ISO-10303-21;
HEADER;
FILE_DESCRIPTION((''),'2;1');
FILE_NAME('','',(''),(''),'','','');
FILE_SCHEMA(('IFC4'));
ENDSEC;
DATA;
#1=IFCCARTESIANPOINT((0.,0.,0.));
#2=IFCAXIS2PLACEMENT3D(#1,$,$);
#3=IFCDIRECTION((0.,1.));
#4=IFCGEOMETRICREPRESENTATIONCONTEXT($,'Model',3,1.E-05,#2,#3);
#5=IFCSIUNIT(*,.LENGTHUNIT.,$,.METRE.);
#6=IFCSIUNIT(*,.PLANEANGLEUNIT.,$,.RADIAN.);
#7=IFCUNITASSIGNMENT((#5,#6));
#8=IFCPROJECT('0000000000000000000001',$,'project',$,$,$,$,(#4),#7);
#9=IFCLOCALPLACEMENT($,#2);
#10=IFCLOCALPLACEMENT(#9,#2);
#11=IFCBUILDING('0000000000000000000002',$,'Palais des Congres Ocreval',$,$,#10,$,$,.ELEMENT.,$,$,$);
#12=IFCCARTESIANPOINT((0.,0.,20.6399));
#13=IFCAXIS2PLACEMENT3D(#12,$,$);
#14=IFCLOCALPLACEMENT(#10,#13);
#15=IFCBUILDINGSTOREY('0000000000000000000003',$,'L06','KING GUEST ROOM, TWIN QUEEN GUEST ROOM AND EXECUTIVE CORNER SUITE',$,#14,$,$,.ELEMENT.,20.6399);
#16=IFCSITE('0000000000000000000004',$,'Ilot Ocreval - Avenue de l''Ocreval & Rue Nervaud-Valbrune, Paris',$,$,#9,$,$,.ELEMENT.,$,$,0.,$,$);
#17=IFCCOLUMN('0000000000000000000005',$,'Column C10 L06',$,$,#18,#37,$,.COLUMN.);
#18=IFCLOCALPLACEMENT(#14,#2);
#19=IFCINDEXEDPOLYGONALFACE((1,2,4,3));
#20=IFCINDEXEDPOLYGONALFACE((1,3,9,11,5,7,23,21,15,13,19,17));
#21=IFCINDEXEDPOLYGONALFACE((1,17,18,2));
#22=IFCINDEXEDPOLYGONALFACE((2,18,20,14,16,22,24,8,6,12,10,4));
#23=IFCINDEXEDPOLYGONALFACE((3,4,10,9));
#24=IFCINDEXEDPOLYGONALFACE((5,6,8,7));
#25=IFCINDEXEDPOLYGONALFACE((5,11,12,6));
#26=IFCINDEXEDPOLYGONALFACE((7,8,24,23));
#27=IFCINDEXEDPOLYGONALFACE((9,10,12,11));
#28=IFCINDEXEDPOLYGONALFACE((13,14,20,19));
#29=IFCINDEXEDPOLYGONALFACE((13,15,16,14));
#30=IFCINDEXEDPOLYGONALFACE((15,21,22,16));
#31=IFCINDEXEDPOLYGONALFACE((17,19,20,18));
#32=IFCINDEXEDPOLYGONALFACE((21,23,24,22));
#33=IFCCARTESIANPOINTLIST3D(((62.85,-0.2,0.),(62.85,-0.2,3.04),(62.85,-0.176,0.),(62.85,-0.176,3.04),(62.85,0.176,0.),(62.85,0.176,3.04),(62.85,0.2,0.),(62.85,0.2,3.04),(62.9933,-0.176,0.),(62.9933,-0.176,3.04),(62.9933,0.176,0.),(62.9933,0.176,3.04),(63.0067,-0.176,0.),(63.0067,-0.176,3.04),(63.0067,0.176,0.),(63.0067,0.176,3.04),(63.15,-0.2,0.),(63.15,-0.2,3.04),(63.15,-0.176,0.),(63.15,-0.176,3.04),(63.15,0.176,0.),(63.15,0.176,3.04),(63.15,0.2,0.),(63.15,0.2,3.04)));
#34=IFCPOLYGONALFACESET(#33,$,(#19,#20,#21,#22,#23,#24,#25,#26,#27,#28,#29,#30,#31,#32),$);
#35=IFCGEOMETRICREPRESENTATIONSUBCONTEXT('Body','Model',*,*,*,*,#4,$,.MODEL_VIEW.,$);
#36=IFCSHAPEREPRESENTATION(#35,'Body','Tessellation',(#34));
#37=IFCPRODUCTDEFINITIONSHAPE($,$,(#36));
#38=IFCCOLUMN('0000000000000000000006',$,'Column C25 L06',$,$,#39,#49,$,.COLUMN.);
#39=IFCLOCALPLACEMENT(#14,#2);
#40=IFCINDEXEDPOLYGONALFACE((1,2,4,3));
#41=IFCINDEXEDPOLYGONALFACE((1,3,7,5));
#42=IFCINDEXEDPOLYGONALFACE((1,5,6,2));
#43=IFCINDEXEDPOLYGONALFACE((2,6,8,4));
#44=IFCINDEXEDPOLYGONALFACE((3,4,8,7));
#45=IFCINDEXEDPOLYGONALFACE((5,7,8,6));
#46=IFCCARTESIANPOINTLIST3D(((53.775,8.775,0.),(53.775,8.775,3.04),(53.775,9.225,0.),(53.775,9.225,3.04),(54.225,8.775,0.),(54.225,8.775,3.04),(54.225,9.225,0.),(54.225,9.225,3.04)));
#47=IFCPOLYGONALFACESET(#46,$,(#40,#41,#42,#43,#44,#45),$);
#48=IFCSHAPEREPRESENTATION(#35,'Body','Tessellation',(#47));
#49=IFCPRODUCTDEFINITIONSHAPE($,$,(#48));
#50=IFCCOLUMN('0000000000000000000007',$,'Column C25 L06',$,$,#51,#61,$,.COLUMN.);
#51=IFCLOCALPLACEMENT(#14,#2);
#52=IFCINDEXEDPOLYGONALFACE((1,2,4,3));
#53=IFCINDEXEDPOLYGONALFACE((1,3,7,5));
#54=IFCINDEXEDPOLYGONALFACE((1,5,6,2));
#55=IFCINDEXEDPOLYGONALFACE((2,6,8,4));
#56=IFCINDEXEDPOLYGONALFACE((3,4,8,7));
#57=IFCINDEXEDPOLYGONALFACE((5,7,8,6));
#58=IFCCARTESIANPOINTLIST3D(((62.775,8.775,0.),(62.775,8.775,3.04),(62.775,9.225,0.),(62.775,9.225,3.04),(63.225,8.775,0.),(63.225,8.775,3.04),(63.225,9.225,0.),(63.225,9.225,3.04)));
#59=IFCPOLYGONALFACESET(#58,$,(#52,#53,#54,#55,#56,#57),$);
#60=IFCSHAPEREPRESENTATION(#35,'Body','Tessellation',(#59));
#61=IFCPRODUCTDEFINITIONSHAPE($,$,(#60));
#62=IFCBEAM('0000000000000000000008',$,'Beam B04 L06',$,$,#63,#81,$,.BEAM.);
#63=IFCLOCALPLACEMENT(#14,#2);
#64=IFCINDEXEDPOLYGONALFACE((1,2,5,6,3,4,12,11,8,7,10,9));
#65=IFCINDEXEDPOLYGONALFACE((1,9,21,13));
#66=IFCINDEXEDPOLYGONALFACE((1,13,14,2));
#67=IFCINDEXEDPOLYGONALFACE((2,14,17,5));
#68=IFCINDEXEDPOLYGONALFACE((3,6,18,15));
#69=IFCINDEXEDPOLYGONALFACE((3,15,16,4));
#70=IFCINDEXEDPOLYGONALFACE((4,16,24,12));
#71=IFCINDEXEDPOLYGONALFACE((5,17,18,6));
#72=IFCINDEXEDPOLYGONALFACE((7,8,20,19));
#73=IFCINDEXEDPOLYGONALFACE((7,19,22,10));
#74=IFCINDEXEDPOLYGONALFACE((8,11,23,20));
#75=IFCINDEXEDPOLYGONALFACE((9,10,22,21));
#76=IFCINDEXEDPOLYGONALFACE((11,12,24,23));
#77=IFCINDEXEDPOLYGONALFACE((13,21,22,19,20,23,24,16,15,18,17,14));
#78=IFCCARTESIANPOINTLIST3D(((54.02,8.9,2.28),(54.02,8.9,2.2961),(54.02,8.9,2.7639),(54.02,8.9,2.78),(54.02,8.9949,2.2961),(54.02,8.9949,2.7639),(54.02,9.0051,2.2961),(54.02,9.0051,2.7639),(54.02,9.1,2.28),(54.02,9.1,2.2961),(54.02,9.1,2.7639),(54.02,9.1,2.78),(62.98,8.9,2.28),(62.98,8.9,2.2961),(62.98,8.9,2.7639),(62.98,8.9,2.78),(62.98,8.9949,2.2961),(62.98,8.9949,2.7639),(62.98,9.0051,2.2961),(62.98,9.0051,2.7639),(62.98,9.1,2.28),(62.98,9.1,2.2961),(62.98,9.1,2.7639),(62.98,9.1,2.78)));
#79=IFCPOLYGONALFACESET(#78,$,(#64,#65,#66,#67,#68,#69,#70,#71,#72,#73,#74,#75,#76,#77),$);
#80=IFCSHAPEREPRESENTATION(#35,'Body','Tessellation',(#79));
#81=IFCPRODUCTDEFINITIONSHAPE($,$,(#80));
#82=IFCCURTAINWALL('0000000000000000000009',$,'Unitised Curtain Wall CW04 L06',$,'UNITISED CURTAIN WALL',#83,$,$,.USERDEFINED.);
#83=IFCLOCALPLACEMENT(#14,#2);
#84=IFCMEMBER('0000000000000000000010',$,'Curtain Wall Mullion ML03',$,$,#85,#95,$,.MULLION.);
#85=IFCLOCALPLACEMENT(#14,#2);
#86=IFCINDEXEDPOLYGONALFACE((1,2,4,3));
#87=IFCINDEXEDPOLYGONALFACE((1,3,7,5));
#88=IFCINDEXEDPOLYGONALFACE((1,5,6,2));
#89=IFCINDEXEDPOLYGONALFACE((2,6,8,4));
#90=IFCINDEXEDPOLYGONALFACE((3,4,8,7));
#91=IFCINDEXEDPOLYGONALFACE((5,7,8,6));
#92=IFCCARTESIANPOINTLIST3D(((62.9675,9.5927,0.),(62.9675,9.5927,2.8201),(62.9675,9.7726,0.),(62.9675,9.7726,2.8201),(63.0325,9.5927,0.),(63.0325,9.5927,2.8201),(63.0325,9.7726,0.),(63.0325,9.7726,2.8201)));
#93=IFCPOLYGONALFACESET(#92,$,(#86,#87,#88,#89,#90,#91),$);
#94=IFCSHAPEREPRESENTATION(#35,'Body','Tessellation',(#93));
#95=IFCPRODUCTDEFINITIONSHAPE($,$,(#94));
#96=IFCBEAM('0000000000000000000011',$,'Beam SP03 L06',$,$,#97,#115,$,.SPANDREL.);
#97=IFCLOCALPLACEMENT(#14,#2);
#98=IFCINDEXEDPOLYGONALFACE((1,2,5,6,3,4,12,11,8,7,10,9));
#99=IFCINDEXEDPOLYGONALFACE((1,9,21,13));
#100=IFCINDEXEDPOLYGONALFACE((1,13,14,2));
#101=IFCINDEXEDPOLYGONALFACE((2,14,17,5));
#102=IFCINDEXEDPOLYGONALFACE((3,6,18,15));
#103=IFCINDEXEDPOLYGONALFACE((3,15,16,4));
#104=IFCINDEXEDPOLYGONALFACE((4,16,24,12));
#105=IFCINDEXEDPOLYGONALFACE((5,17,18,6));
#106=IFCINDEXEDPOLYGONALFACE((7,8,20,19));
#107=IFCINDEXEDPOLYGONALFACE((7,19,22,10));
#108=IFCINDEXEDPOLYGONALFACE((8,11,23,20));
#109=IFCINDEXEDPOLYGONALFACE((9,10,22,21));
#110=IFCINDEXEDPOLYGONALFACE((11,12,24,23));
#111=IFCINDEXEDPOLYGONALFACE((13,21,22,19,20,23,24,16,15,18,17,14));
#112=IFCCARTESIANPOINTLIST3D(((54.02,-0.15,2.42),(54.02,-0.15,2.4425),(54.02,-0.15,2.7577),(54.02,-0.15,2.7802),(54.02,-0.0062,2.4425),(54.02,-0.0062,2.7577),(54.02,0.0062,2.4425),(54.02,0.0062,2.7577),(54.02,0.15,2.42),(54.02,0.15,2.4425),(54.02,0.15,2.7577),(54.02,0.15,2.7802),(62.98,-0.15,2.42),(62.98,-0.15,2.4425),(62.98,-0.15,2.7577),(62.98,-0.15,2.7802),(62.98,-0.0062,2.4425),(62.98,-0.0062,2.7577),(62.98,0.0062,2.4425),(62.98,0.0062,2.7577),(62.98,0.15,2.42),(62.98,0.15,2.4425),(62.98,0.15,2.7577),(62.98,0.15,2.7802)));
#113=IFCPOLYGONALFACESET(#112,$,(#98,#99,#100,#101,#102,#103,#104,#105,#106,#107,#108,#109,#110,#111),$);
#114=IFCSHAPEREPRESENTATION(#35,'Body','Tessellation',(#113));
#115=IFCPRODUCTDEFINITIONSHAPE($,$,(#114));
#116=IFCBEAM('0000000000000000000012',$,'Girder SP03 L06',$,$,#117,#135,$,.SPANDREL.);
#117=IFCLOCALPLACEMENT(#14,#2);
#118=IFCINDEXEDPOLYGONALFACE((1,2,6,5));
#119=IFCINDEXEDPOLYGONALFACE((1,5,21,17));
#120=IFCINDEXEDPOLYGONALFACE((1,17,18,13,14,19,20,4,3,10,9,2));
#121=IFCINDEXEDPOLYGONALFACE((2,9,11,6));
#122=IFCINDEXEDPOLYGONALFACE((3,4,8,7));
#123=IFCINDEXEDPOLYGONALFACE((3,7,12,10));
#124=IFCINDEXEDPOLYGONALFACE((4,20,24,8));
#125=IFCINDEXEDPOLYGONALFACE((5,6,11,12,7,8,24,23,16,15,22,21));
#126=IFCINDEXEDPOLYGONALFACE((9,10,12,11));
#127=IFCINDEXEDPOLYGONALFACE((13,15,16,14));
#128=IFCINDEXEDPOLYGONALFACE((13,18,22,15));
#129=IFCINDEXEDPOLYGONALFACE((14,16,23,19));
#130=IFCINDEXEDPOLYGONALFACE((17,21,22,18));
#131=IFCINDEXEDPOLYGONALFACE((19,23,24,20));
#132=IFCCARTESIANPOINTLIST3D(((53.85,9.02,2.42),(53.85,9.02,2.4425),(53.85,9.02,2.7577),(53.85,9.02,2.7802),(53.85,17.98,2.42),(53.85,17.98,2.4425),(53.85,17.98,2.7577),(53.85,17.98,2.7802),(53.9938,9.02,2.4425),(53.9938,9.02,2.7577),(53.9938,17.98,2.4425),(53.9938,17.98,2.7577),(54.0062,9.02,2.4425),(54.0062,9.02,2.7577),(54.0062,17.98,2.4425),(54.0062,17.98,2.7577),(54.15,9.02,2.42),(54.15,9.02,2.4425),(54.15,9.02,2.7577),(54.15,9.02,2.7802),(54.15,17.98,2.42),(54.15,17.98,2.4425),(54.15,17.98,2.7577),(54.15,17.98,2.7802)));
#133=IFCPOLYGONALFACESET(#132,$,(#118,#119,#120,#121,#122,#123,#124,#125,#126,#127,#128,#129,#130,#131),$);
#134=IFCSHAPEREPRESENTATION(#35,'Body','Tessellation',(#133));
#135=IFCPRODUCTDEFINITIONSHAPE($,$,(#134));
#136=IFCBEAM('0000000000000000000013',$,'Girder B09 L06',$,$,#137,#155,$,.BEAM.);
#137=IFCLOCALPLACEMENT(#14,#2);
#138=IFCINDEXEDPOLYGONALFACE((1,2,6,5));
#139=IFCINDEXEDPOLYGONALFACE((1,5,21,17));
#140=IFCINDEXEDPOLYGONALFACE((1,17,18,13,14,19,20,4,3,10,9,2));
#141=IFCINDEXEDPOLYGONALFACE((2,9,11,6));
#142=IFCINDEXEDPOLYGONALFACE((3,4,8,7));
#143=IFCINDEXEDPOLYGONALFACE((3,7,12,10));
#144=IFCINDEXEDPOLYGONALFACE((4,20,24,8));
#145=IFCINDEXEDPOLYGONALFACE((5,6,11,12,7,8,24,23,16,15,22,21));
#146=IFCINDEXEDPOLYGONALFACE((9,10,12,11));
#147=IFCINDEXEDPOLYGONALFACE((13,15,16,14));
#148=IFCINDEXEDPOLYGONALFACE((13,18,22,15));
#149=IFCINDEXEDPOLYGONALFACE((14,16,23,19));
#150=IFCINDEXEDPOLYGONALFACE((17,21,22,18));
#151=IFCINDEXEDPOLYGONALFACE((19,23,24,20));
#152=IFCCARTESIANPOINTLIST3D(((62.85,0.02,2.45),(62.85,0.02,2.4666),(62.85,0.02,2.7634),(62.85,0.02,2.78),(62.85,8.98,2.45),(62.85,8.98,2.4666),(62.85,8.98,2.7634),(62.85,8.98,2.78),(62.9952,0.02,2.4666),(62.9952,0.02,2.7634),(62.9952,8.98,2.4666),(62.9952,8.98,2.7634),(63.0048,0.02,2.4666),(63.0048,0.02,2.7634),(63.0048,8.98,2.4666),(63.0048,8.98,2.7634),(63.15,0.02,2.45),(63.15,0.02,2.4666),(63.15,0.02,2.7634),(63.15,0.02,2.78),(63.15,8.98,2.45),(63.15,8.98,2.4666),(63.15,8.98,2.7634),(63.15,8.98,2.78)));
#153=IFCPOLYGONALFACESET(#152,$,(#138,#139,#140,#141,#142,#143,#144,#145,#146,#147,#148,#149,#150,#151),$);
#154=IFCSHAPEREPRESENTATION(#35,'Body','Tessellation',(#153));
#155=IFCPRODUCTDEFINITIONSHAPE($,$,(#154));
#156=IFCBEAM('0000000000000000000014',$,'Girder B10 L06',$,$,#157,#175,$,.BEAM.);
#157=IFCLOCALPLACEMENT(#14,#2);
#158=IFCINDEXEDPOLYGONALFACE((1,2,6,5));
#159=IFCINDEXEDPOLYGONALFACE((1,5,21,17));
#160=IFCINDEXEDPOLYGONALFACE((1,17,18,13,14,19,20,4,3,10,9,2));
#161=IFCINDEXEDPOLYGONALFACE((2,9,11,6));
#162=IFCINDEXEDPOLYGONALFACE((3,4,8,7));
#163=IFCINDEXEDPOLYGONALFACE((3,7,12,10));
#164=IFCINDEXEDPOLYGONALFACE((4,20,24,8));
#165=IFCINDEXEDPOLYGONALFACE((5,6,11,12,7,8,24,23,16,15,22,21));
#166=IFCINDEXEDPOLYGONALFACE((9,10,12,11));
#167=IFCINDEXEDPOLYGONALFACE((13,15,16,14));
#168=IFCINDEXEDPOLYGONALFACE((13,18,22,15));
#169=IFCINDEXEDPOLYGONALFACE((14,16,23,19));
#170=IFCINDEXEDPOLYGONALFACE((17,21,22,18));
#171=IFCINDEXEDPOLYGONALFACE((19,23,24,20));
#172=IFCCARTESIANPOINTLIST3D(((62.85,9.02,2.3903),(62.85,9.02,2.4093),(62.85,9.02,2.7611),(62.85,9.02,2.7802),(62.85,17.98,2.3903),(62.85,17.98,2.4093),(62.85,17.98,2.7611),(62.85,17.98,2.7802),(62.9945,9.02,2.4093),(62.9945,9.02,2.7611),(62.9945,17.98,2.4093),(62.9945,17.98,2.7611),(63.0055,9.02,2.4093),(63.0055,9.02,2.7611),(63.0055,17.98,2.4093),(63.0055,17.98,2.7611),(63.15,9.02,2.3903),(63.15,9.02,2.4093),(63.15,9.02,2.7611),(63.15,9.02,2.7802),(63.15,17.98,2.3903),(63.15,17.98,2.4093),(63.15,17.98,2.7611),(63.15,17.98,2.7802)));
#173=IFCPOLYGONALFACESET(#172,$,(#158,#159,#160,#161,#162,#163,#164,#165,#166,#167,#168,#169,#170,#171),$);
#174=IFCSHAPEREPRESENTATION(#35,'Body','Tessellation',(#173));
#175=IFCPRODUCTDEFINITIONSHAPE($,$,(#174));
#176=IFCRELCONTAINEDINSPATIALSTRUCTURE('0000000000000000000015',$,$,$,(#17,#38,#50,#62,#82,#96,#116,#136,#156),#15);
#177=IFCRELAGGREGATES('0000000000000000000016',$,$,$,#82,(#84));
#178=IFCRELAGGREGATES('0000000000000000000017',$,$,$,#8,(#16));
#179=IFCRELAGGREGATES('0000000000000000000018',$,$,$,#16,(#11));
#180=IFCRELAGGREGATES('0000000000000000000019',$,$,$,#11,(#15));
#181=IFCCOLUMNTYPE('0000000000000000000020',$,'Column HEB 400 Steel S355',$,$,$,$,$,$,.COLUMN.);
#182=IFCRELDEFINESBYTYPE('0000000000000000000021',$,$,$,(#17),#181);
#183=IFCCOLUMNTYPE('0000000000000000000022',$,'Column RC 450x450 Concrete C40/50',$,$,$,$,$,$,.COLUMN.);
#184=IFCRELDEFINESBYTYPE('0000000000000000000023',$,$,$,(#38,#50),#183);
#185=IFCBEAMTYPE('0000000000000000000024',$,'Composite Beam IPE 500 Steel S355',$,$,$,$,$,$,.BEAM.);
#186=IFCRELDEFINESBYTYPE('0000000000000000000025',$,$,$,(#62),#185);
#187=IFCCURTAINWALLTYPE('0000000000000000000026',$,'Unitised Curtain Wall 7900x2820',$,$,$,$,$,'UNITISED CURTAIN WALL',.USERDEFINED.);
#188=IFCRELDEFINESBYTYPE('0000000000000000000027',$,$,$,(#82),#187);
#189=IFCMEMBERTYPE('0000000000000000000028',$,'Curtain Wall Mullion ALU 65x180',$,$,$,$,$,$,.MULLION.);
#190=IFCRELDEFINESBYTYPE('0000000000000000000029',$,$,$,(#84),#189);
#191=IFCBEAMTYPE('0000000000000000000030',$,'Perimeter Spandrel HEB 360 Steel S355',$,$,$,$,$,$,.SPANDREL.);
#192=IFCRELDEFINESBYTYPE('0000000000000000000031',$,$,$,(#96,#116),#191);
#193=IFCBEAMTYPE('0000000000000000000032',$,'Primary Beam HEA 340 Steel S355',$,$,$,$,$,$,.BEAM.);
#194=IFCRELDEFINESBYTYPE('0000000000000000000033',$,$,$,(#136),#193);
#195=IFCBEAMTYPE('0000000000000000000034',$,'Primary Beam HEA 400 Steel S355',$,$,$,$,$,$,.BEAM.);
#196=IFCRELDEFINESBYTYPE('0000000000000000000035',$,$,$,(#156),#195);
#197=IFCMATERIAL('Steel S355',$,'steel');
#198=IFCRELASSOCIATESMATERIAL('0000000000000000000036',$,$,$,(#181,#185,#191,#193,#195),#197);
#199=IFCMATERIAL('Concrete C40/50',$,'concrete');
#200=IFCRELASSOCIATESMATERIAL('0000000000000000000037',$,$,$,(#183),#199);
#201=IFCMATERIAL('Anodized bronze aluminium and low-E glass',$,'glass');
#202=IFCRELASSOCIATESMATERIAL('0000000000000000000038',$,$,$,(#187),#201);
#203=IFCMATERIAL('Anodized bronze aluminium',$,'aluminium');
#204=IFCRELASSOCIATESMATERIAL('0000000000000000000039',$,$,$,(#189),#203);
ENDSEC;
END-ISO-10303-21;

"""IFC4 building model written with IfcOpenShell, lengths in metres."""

from ifc_helpers import new_model, si_unit, direction, frame, origin, origin_2d, place, context, subcontext, project, spatial, rectangle, i_section, extrude, material, material_profile, profile_set, type_object, element, aggregate, save


model = new_model("IFC4")

# Units and contexts
model_context = context("Model", 3, precision=1e-05, world=origin(), true_north=direction((0.0, 1.0)))
body_context = subcontext(model_context, "Body", "Model", "MODEL_VIEW")
ifc_project = project(units=[si_unit("LENGTHUNIT", "METRE"), si_unit("PLANEANGLEUNIT", "RADIAN")], contexts=[model_context])

# Site, building, storey
site_placement = place(None, origin())
site = spatial("IfcSite", under=ifc_project, at=site_placement, Name="Ilot Ocreval - Avenue de l'Ocreval & Rue Nervaud-Valbrune, Paris", CompositionType="ELEMENT", RefElevation=0.0)
building_placement = place(site_placement, origin())
building = spatial("IfcBuilding", under=site, at=building_placement, Name="Palais des Congres Ocreval", CompositionType="ELEMENT")
storey_placement = place(building_placement, frame((0.0, 0.0, 20.6399)))
storey = spatial("IfcBuildingStorey", under=building, at=storey_placement, Name="L06", Description="KING GUEST ROOM, TWIN QUEEN GUEST ROOM AND EXECUTIVE CORNER SUITE", CompositionType="ELEMENT", Elevation=20.6399)

# Columns
ifc_material_1 = material(Name="Steel S355", Category="steel")
ifc_material_profile_1 = material_profile(ifc_material_1, i_section(OverallWidth=0.3, OverallDepth=0.3999, WebThickness=0.0134, FlangeThickness=0.0239, at=origin_2d()), Name="HEB 400")
ifc_profile_set_1 = profile_set([ifc_material_profile_1], Name="Steel S355")
column_type_1 = type_object("IfcColumnType", Name="Column HEB 400 Steel S355", PredefinedType="COLUMN", material=ifc_profile_set_1)
column_placement = place(storey_placement, frame((63.0, 0.0, 0.0), z_axis=(0.0, 0.0, 1.0), x_axis=(1.0, 0.0, 0.0)))
element("IfcColumn", 1, at=column_placement, inside=storey, type_object=column_type_1, Name="Column C10 L06", PredefinedType="COLUMN", context=body_context, shape_type="SweptSolid", body=[
    extrude(i_section(OverallWidth=0.3, OverallDepth=0.3999, WebThickness=0.0134, FlangeThickness=0.0239, at=origin_2d()), origin(), (0.0, 0.0, 1.0), 3.04),
])
ifc_material_2 = material(Name="Concrete C40/50", Category="concrete")
ifc_material_profile_2 = material_profile(ifc_material_2, rectangle(XDim=0.45, YDim=0.45, at=origin_2d()), Name="RC 450x450")
ifc_profile_set_2 = profile_set([ifc_material_profile_2], Name="Concrete C40/50")
column_type_2 = type_object("IfcColumnType", Name="Column RC 450x450 Concrete C40/50", PredefinedType="COLUMN", material=ifc_profile_set_2)
for number, where, z_axis, x_axis, name in (
    (2, (54.0, 9.0, 0.0), (0.0, 0.0, 1.0), (1.0, 0.0, 0.0), "Column C25 L06"),
    (3, (63.0, 9.0, 0.0), (0.0, 0.0, 1.0), (1.0, 0.0, 0.0), "Column C25 L06"),
):
    element("IfcColumn", number, at=place(storey_placement, frame(where, z_axis=z_axis, x_axis=x_axis)), inside=storey, type_object=column_type_2, Name=name, PredefinedType="COLUMN", context=body_context, shape_type="SweptSolid", body=[
        extrude(rectangle(XDim=0.45, YDim=0.45, at=origin_2d()), origin(), (0.0, 0.0, 1.0), 3.04),
    ])

# Beam
ifc_material_profile_3 = material_profile(ifc_material_1, i_section(OverallWidth=0.2, OverallDepth=0.5, WebThickness=0.0103, FlangeThickness=0.0161, at=origin_2d()), Name="IPE 500")
ifc_profile_set_3 = profile_set([ifc_material_profile_3], Name="Steel S355")
beam_type_1 = type_object("IfcBeamType", Name="Composite Beam IPE 500 Steel S355", PredefinedType="BEAM", material=ifc_profile_set_3)
beam_1_placement = place(storey_placement, frame((54.02, 9.0, 2.53), z_axis=(1.0, 0.0, 0.0), x_axis=(0.0, 1.0, 0.0)))
element("IfcBeam", 4, at=beam_1_placement, inside=storey, type_object=beam_type_1, Name="Beam B04 L06", PredefinedType="BEAM", context=body_context, shape_type="SweptSolid", body=[
    extrude(i_section(OverallWidth=0.2, OverallDepth=0.5, WebThickness=0.0103, FlangeThickness=0.0161, at=origin_2d()), origin(), (0.0, 0.0, 1.0), 8.96),
])

# Curtain wall, member
ifc_material_3 = material(Name="Anodized bronze aluminium and low-E glass", Category="glass")
curtain_wall_type = type_object("IfcCurtainWallType", Name="Unitised Curtain Wall 7900x2820", ElementType="UNITISED CURTAIN WALL", PredefinedType="USERDEFINED", material=ifc_material_3)
curtain_wall_placement = place(storey_placement, origin())
curtain_wall = element("IfcCurtainWall", 5, at=curtain_wall_placement, inside=storey, type_object=curtain_wall_type, Name="Unitised Curtain Wall CW04 L06", ObjectType="UNITISED CURTAIN WALL", PredefinedType="USERDEFINED")
ifc_material_4 = material(Name="Anodized bronze aluminium", Category="aluminium")
ifc_material_profile_4 = material_profile(ifc_material_4, rectangle(XDim=0.0649, YDim=0.1799, at=origin_2d()), Name="ALU 65x180")
ifc_profile_set_4 = profile_set([ifc_material_profile_4], Name="Anodized bronze aluminium")
member_type = type_object("IfcMemberType", Name="Curtain Wall Mullion ALU 65x180", PredefinedType="MULLION", material=ifc_profile_set_4)
member_placement = place(storey_placement, frame((63.0, 9.6826, 0.0), z_axis=(0.0, 0.0, 1.0), x_axis=(1.0, 0.0, 0.0)))
member = element("IfcMember", 6, at=member_placement, type_object=member_type, Name="Curtain Wall Mullion ML03", PredefinedType="MULLION", context=body_context, shape_type="SweptSolid", body=[
    extrude(rectangle(XDim=0.0649, YDim=0.1799, at=origin_2d()), origin(), (0.0, 0.0, 1.0), 2.8201),
])

# Beams
ifc_material_profile_5 = material_profile(ifc_material_1, i_section(OverallWidth=0.3, OverallDepth=0.3601, WebThickness=0.0125, FlangeThickness=0.0225, at=origin_2d()), Name="HEB 360")
ifc_profile_set_5 = profile_set([ifc_material_profile_5], Name="Steel S355")
beam_type_2 = type_object("IfcBeamType", Name="Perimeter Spandrel HEB 360 Steel S355", PredefinedType="SPANDREL", material=ifc_profile_set_5)
for number, where, z_axis, x_axis, name in (
    (7, (54.02, 0.0, 2.6001), (1.0, 0.0, 0.0), (0.0, 1.0, 0.0), "Beam SP03 L06"),
    (8, (54.0, 9.02, 2.6001), (0.0, 1.0, 0.0), (-1.0, 0.0, 0.0), "Girder SP03 L06"),
):
    element("IfcBeam", number, at=place(storey_placement, frame(where, z_axis=z_axis, x_axis=x_axis)), inside=storey, type_object=beam_type_2, Name=name, PredefinedType="SPANDREL", context=body_context, shape_type="SweptSolid", body=[
        extrude(i_section(OverallWidth=0.3, OverallDepth=0.3601, WebThickness=0.0125, FlangeThickness=0.0225, at=origin_2d()), origin(), (0.0, 0.0, 1.0), 8.96),
    ])
ifc_material_profile_6 = material_profile(ifc_material_1, i_section(OverallWidth=0.3, OverallDepth=0.3301, WebThickness=0.0095, FlangeThickness=0.0166, at=origin_2d()), Name="HEA 340")
ifc_profile_set_6 = profile_set([ifc_material_profile_6], Name="Steel S355")
beam_type_3 = type_object("IfcBeamType", Name="Primary Beam HEA 340 Steel S355", PredefinedType="BEAM", material=ifc_profile_set_6)
beam_2_placement = place(storey_placement, frame((63.0, 0.02, 2.615), z_axis=(0.0, 1.0, 0.0), x_axis=(-1.0, 0.0, 0.0)))
element("IfcBeam", 9, at=beam_2_placement, inside=storey, type_object=beam_type_3, Name="Girder B09 L06", PredefinedType="BEAM", context=body_context, shape_type="SweptSolid", body=[
    extrude(i_section(OverallWidth=0.3, OverallDepth=0.3301, WebThickness=0.0095, FlangeThickness=0.0166, at=origin_2d()), origin(), (0.0, 0.0, 1.0), 8.96),
])
ifc_material_profile_7 = material_profile(ifc_material_1, i_section(OverallWidth=0.3, OverallDepth=0.3899, WebThickness=0.011, FlangeThickness=0.019, at=origin_2d()), Name="HEA 400")
ifc_profile_set_7 = profile_set([ifc_material_profile_7], Name="Steel S355")
beam_type_4 = type_object("IfcBeamType", Name="Primary Beam HEA 400 Steel S355", PredefinedType="BEAM", material=ifc_profile_set_7)
beam_3_placement = place(storey_placement, frame((63.0, 9.02, 2.5852), z_axis=(0.0, 1.0, 0.0), x_axis=(-1.0, 0.0, 0.0)))
element("IfcBeam", 10, at=beam_3_placement, inside=storey, type_object=beam_type_4, Name="Girder B10 L06", PredefinedType="BEAM", context=body_context, shape_type="SweptSolid", body=[
    extrude(i_section(OverallWidth=0.3, OverallDepth=0.3899, WebThickness=0.011, FlangeThickness=0.019, at=origin_2d()), origin(), (0.0, 0.0, 1.0), 8.96),
])

aggregate(curtain_wall, [member])

save(model, "model.ifc")
